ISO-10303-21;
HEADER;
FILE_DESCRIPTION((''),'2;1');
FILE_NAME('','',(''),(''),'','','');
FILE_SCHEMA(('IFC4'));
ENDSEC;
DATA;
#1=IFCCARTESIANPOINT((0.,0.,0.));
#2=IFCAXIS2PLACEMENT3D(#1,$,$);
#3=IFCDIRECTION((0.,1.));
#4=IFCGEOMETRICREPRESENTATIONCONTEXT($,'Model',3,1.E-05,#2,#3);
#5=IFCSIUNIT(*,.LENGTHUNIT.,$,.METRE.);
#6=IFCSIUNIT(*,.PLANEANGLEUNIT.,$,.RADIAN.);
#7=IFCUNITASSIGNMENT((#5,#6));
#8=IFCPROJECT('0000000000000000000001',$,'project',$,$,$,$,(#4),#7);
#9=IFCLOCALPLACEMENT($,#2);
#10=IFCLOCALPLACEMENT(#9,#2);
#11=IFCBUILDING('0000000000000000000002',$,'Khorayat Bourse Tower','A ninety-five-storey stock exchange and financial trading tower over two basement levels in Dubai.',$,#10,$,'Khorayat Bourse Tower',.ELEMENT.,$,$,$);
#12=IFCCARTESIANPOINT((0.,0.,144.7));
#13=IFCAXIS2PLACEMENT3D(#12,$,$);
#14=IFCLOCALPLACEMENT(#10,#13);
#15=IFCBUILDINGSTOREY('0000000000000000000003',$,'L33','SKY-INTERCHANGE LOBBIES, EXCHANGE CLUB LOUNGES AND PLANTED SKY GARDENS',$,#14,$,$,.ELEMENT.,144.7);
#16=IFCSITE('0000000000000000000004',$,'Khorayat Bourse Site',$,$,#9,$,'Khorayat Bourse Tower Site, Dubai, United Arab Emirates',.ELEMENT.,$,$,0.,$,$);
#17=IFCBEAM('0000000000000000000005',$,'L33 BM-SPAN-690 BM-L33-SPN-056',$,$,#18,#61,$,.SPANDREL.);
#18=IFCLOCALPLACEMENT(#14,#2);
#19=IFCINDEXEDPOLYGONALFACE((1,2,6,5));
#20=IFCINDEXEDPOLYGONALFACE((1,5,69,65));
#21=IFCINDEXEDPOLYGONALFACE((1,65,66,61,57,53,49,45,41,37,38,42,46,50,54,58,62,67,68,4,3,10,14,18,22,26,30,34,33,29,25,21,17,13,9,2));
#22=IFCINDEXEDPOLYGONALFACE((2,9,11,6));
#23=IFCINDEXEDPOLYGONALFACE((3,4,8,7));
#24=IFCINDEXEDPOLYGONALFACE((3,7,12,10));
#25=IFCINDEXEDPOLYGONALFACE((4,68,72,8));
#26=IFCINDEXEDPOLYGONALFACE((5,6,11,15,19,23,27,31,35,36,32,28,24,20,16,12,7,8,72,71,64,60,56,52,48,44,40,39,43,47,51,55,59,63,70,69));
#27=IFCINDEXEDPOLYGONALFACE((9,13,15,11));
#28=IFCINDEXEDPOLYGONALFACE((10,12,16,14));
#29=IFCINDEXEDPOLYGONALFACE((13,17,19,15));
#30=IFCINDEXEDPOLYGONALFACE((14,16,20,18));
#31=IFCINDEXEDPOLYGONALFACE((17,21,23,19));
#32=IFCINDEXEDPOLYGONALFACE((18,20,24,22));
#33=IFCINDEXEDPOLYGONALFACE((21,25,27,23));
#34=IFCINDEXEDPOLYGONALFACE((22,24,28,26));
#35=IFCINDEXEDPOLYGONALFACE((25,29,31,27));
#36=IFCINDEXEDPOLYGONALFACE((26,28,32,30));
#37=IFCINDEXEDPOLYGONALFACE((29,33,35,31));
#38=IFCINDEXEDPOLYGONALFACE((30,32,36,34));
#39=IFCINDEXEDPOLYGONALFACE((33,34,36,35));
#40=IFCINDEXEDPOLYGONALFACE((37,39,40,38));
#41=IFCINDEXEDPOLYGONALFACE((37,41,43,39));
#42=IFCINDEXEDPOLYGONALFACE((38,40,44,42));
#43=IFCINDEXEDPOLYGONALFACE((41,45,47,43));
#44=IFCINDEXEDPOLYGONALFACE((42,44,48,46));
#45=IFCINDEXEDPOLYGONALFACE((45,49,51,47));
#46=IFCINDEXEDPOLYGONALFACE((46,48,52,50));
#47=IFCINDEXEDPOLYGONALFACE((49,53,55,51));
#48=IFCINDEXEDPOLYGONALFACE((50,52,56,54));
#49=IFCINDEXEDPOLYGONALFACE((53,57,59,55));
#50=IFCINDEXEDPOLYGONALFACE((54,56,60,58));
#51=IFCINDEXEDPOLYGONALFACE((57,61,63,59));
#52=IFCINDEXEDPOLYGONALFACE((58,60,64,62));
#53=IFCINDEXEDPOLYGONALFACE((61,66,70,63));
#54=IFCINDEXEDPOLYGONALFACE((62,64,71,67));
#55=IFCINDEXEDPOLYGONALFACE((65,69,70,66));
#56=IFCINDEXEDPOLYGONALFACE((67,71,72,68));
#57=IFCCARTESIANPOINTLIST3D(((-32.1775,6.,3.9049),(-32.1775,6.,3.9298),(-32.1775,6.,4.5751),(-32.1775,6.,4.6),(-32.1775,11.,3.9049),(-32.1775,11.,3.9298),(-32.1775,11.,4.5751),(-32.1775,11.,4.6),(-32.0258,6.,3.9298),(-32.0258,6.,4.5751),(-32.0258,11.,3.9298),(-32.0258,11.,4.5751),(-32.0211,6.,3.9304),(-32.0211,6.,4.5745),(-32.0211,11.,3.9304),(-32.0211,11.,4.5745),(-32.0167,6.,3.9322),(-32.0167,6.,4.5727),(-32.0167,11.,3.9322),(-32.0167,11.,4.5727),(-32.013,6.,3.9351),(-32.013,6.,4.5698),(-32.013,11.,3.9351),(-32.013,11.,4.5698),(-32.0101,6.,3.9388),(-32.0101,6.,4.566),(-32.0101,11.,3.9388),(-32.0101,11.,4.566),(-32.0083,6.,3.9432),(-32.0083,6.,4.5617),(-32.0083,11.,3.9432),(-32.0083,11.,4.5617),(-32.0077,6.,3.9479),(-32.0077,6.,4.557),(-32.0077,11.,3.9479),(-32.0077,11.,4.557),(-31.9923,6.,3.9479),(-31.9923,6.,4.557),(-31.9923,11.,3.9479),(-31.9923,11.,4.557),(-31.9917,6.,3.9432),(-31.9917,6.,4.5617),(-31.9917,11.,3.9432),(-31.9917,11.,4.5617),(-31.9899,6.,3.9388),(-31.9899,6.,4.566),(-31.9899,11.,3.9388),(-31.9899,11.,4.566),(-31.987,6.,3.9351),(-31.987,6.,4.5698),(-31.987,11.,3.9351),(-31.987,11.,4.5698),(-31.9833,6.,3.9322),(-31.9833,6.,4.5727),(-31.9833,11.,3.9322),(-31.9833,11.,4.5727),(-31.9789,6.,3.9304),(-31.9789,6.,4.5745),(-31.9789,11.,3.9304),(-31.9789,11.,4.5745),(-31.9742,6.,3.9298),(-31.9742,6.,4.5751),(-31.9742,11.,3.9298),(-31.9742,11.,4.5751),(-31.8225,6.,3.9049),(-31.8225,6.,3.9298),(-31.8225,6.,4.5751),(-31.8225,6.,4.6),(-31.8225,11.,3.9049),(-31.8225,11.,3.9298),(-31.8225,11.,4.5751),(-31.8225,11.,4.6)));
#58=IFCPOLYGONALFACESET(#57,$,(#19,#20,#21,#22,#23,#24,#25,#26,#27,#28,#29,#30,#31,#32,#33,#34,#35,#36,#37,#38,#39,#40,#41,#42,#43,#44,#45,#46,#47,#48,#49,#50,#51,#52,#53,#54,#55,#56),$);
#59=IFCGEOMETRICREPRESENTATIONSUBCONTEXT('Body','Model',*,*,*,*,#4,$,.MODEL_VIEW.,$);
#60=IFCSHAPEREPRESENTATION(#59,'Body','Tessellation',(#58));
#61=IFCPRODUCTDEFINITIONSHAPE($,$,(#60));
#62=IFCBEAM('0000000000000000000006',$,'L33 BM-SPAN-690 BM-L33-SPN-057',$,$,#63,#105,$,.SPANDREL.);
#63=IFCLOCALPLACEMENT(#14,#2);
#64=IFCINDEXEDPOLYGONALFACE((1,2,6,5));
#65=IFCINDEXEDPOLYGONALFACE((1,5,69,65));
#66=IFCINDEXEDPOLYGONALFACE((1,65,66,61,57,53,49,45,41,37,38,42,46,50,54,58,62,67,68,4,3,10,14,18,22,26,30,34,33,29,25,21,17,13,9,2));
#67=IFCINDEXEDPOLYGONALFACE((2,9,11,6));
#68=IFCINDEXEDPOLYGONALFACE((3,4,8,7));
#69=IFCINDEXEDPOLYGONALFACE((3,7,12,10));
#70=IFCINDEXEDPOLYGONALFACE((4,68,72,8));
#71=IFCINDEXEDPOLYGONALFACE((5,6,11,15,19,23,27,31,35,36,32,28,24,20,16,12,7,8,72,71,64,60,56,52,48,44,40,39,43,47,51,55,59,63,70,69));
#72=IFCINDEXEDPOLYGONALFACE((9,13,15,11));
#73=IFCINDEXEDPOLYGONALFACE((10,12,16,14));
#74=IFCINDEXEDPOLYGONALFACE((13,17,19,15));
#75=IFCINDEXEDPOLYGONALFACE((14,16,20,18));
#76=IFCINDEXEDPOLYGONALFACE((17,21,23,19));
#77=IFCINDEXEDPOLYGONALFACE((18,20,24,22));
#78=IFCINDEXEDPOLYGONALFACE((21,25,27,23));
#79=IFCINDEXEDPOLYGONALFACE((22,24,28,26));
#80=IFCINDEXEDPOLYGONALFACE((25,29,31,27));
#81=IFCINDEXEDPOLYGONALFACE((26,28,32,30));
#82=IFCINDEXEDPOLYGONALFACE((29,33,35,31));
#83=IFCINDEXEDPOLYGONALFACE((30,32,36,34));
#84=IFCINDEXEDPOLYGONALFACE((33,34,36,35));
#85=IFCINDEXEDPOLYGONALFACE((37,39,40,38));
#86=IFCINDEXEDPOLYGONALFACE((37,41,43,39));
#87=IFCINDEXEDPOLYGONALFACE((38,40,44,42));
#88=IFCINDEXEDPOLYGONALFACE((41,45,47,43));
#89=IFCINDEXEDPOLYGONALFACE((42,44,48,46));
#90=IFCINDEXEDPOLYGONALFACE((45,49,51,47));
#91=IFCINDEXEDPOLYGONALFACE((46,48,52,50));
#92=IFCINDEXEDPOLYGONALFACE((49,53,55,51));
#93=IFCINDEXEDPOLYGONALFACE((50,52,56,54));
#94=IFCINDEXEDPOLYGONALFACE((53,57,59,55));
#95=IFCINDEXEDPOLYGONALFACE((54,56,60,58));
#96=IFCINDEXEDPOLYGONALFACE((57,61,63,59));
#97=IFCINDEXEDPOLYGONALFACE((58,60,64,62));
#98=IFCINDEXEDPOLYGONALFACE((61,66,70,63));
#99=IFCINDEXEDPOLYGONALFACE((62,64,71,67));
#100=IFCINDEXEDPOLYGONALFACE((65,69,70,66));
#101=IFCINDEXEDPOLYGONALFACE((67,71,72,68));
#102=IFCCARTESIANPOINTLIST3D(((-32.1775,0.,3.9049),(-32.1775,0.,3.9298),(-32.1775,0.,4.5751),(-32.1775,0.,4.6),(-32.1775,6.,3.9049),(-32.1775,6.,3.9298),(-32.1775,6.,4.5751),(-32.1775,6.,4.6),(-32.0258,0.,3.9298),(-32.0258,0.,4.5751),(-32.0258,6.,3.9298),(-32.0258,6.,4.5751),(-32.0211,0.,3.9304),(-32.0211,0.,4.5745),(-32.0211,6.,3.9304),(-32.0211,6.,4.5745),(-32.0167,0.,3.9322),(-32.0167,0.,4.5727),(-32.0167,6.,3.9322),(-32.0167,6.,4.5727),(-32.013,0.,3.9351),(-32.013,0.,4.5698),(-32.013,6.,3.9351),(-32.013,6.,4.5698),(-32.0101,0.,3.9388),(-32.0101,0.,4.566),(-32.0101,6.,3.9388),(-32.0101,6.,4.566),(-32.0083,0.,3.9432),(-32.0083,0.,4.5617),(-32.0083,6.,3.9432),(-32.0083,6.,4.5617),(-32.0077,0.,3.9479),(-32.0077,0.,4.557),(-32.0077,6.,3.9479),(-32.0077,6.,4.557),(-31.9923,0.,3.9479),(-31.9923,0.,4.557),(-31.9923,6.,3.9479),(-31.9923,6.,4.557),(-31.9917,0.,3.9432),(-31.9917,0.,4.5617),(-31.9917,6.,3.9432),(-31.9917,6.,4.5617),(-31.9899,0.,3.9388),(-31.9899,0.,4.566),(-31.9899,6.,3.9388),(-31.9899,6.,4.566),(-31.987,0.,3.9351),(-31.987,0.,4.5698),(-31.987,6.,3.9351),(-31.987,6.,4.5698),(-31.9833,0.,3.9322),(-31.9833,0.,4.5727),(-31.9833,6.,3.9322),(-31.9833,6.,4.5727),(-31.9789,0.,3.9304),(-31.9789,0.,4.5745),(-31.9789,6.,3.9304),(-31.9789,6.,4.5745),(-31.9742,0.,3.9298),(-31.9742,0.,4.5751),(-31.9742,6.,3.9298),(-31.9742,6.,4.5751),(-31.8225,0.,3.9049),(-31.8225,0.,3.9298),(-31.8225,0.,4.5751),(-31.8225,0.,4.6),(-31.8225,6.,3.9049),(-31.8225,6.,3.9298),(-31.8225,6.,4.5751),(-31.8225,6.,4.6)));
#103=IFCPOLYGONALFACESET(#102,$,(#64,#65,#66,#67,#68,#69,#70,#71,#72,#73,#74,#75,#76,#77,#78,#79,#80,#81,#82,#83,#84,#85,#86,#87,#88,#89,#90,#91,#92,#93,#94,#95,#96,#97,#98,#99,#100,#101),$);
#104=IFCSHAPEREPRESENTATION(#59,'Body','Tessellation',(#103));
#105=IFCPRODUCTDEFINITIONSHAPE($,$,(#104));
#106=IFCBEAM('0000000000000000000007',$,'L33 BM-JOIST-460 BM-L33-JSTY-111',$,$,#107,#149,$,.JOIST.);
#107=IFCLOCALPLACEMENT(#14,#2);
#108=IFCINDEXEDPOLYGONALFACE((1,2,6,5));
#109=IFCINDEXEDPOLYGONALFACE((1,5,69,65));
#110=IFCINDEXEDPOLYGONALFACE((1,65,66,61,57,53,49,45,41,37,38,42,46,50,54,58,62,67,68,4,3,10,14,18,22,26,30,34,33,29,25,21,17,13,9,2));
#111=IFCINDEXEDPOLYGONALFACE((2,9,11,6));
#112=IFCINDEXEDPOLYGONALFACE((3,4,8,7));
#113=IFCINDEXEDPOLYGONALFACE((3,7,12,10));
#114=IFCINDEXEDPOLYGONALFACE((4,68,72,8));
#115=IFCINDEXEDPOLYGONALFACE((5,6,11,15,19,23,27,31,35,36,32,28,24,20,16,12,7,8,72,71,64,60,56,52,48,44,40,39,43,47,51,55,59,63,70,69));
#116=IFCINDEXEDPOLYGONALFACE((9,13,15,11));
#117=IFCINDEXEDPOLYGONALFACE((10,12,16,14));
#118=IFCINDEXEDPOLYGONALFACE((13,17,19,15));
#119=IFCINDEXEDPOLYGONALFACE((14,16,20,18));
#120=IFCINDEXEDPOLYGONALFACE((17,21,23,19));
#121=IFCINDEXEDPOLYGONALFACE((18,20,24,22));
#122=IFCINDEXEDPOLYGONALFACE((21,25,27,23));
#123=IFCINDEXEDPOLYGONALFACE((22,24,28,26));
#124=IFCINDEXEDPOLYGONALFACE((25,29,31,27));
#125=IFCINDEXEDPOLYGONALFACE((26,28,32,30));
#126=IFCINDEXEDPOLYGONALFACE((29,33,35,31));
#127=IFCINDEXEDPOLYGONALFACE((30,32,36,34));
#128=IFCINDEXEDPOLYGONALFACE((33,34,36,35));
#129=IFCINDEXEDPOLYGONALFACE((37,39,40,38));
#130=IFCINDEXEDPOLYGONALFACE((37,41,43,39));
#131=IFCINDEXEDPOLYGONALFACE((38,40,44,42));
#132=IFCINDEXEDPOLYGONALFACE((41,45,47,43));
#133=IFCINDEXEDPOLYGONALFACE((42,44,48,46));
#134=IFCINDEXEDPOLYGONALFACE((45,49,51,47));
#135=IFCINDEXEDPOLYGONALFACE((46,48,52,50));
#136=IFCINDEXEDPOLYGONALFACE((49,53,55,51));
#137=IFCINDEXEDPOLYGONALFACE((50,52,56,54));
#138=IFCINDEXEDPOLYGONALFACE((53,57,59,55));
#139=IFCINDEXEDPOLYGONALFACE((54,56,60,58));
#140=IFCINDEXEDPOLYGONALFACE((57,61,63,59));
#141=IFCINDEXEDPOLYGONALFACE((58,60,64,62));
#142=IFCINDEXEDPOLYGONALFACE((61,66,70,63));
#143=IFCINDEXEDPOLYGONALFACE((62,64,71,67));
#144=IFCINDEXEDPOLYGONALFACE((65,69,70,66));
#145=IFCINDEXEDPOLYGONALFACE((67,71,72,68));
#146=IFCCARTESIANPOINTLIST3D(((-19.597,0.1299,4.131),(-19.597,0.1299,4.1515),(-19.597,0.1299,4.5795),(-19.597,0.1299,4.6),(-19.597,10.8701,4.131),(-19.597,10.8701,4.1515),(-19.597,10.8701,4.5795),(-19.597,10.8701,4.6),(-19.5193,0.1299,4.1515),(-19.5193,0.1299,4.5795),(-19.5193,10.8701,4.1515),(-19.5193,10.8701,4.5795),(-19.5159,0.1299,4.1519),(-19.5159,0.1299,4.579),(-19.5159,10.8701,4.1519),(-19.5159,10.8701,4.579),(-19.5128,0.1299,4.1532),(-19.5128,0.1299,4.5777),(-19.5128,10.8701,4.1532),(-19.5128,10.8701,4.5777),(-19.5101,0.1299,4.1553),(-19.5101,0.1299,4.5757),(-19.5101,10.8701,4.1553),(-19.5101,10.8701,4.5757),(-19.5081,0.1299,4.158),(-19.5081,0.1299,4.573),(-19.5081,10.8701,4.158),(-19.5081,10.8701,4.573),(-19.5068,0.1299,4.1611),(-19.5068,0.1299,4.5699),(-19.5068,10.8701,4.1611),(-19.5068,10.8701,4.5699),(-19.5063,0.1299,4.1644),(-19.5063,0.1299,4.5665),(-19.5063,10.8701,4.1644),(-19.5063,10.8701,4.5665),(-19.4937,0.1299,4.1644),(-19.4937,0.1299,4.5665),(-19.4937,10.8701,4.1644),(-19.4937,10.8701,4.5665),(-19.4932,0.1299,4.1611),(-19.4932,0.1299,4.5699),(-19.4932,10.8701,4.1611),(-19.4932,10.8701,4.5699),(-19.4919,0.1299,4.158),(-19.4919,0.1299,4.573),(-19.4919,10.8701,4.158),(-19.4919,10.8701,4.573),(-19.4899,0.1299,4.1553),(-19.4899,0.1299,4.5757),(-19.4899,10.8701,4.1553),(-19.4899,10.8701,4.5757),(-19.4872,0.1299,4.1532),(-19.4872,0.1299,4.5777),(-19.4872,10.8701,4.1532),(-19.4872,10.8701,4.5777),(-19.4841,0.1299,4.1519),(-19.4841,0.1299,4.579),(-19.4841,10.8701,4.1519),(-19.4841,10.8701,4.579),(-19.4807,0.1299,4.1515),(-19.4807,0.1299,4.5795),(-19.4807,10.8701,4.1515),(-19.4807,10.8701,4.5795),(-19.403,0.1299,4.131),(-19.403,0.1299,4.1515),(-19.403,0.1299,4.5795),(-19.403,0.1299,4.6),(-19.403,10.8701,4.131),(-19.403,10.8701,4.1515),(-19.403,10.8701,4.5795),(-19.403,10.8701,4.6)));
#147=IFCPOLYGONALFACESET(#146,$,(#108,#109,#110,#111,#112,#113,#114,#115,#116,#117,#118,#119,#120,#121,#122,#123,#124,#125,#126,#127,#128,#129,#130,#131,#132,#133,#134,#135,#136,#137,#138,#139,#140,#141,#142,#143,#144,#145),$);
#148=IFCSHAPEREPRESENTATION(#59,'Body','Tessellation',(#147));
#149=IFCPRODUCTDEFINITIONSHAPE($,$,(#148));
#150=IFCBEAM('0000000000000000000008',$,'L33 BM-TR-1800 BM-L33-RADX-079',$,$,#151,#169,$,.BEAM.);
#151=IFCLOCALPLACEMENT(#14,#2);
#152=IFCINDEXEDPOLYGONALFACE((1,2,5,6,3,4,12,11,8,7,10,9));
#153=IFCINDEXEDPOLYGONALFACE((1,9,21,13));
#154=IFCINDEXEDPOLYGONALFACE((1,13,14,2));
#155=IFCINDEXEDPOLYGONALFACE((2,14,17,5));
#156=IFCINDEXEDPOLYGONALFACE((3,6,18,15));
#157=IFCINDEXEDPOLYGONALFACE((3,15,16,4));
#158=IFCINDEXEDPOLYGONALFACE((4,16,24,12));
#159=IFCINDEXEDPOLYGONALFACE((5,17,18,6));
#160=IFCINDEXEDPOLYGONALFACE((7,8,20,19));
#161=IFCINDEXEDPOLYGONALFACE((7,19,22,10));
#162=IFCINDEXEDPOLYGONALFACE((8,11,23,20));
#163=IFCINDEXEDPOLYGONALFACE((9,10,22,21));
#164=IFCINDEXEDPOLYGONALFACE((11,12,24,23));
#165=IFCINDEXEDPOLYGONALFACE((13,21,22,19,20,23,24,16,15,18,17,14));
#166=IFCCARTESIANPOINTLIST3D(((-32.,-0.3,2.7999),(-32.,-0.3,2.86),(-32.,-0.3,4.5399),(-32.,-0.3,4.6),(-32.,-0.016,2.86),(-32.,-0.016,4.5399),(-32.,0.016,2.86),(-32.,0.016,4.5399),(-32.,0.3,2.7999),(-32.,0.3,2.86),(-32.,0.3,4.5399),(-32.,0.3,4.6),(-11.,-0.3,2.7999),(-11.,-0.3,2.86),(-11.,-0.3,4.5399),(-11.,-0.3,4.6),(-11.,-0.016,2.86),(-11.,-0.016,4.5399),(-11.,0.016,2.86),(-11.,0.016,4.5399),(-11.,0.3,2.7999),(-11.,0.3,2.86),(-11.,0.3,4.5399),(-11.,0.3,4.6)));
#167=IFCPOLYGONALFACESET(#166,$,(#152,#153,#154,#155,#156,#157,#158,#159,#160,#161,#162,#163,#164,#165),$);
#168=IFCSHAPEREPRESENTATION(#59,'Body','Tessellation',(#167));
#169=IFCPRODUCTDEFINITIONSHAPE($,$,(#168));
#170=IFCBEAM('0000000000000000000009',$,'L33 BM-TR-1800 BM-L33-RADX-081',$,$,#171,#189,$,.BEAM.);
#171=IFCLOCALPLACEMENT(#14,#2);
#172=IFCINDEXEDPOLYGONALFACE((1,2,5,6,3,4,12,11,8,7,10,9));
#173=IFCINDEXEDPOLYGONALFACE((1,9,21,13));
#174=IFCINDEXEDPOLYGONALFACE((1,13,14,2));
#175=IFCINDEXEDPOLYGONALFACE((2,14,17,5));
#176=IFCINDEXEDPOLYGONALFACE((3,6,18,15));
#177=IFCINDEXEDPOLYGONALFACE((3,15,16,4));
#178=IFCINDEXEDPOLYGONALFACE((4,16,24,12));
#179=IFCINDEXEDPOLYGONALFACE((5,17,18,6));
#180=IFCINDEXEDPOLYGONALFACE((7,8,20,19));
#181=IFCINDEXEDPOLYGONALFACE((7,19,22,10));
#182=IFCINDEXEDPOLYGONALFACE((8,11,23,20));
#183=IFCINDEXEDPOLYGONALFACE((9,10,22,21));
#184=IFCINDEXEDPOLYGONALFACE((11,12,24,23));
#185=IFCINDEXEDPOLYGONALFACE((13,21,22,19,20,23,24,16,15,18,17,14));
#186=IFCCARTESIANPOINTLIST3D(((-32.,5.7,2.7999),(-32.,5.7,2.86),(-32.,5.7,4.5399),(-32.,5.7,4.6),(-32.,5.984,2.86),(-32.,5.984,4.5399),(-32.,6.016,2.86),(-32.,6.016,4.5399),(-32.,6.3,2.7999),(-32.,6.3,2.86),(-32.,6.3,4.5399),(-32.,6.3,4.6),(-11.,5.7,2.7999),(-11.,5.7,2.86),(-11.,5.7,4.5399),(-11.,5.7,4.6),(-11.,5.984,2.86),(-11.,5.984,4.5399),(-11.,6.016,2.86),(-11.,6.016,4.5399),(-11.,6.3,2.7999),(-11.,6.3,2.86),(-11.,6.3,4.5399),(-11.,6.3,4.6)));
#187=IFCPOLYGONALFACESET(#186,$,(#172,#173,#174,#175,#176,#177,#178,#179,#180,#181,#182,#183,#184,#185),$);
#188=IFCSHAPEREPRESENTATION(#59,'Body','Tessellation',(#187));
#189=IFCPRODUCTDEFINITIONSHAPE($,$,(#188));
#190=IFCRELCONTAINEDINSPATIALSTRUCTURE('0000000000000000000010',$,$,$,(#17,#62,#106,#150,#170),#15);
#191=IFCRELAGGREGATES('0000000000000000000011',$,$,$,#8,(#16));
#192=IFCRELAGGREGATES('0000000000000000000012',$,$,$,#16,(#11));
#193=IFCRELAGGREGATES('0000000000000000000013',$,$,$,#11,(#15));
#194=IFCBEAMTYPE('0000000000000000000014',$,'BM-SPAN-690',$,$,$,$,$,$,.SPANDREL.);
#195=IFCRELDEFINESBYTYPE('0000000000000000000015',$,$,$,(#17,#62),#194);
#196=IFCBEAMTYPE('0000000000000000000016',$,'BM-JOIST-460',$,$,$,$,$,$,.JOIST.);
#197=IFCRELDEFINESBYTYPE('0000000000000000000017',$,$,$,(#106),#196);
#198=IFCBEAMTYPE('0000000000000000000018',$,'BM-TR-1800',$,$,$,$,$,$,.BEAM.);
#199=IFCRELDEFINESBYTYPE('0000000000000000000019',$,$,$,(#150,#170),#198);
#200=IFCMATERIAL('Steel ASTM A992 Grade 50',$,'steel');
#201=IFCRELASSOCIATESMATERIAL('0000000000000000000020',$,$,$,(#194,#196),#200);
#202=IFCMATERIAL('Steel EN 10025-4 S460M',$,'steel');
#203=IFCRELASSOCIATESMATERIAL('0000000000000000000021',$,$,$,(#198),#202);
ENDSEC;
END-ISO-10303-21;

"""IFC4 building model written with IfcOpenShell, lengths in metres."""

from ifc_helpers import new_model, si_unit, direction, frame, origin, origin_2d, place, context, subcontext, project, spatial, i_section, extrude, source, transform, mapped, material, material_profile, profile_set, type_object, element, save


model = new_model("IFC4")

# Units and contexts
model_context = context("Model", 3, precision=1e-05, world=origin(), true_north=direction((0.0, 1.0)))
body_context = subcontext(model_context, "Body", "Model", "MODEL_VIEW")
ifc_project = project(units=[si_unit("LENGTHUNIT", "METRE"), si_unit("PLANEANGLEUNIT", "RADIAN")], contexts=[model_context])

# Site, building, storey
site_placement = place(None, origin())
site = spatial("IfcSite", under=ifc_project, at=site_placement, Name="Khorayat Bourse Site", LongName="Khorayat Bourse Tower Site, Dubai, United Arab Emirates", CompositionType="ELEMENT", RefElevation=0.0)
building_placement = place(site_placement, origin())
building = spatial("IfcBuilding", under=site, at=building_placement, Name="Khorayat Bourse Tower", Description="A ninety-five-storey stock exchange and financial trading tower over two basement levels in Dubai.", LongName="Khorayat Bourse Tower", CompositionType="ELEMENT")
storey_placement = place(building_placement, frame((0.0, 0.0, 144.7)))
storey = spatial("IfcBuildingStorey", under=building, at=storey_placement, Name="L33", Description="SKY-INTERCHANGE LOBBIES, EXCHANGE CLUB LOUNGES AND PLANTED SKY GARDENS", CompositionType="ELEMENT", Elevation=144.7)

# Shared definitions
ifc_material_1 = material(Name="Steel EN 10025-4 S460M", Category="steel")

# Beams
ifc_material_2 = material(Name="Steel ASTM A992 Grade 50", Category="steel")
ifc_material_profile_1 = material_profile(ifc_material_2, i_section(OverallWidth=0.355, OverallDepth=0.6951, WebThickness=0.0154, FlangeThickness=0.0249, FilletRadius=0.0181, at=origin_2d()), Name="W690X217")
ifc_profile_set_1 = profile_set([ifc_material_profile_1], Name="Steel ASTM A992 Grade 50")
beam_type_1 = type_object("IfcBeamType", Name="BM-SPAN-690", PredefinedType="SPANDREL", material=ifc_profile_set_1)
shared_shape_1 = source(origin(), body_context, "Body", "SweptSolid", [
    extrude(i_section(OverallWidth=0.355, OverallDepth=0.6951, WebThickness=0.0154, FlangeThickness=0.0249, FilletRadius=0.0181, at=origin_2d()), origin(), (0.0, 0.0, 1.0), 5.0),
])
beam_1_placement = place(storey_placement, frame((-32.0, 6.0, 4.2524), z_axis=(0.0, 1.0, 0.0), x_axis=(-1.0, 0.0, 0.0)))
element("IfcBeam", 1, at=beam_1_placement, inside=storey, type_object=beam_type_1, Name="L33 BM-SPAN-690 BM-L33-SPN-056", PredefinedType="SPANDREL", context=body_context, shape_type="MappedRepresentation", body=[
    mapped(shared_shape_1, transform((0.0, 0.0, 0.0), scale=1.0)),
])
shared_shape_2 = source(origin(), body_context, "Body", "SweptSolid", [
    extrude(i_section(OverallWidth=0.355, OverallDepth=0.6951, WebThickness=0.0154, FlangeThickness=0.0249, FilletRadius=0.0181, at=origin_2d()), origin(), (0.0, 0.0, 1.0), 6.0),
])
beam_2_placement = place(storey_placement, frame((-32.0, 0.0, 4.2524), z_axis=(0.0, 1.0, 0.0), x_axis=(-1.0, 0.0, 0.0)))
element("IfcBeam", 2, at=beam_2_placement, inside=storey, type_object=beam_type_1, Name="L33 BM-SPAN-690 BM-L33-SPN-057", PredefinedType="SPANDREL", context=body_context, shape_type="MappedRepresentation", body=[
    mapped(shared_shape_2, transform((0.0, 0.0, 0.0), scale=1.0)),
])
ifc_material_profile_2 = material_profile(ifc_material_2, i_section(OverallWidth=0.1941, OverallDepth=0.469, WebThickness=0.0127, FlangeThickness=0.0205, FilletRadius=0.0129, at=origin_2d()), Name="W460X106")
ifc_profile_set_2 = profile_set([ifc_material_profile_2], Name="Steel ASTM A992 Grade 50")
beam_type_2 = type_object("IfcBeamType", Name="BM-JOIST-460", PredefinedType="JOIST", material=ifc_profile_set_2)
shared_shape_3 = source(origin(), body_context, "Body", "SweptSolid", [
    extrude(i_section(OverallWidth=0.1941, OverallDepth=0.469, WebThickness=0.0127, FlangeThickness=0.0205, FilletRadius=0.0129, at=origin_2d()), origin(), (0.0, 0.0, 1.0), 10.7402),
])
beam_3_placement = place(storey_placement, frame((-19.5, 0.1299, 4.3655), z_axis=(0.0, 1.0, 0.0), x_axis=(-1.0, 0.0, 0.0)))
element("IfcBeam", 3, at=beam_3_placement, inside=storey, type_object=beam_type_2, Name="L33 BM-JOIST-460 BM-L33-JSTY-111", PredefinedType="JOIST", context=body_context, shape_type="MappedRepresentation", body=[
    mapped(shared_shape_3, transform((0.0, 0.0, 0.0), scale=1.0)),
])
ifc_material_profile_3 = material_profile(ifc_material_1, i_section(OverallWidth=0.6001, OverallDepth=1.8, WebThickness=0.032, FlangeThickness=0.0601, at=origin_2d()), Name="PG 1800x600x32x60")
ifc_profile_set_3 = profile_set([ifc_material_profile_3], Name="Steel EN 10025-4 S460M")
beam_type_3 = type_object("IfcBeamType", Name="BM-TR-1800", PredefinedType="BEAM", material=ifc_profile_set_3)
shared_shape_4 = source(origin(), body_context, "Body", "SweptSolid", [
    extrude(i_section(OverallWidth=0.6001, OverallDepth=1.8, WebThickness=0.032, FlangeThickness=0.0601, at=origin_2d()), origin(), (0.0, 0.0, 1.0), 21.0),
])
for number, where, z_axis, x_axis, name in (
    (4, (-32.0, 0.0, 3.7), (1.0, 0.0, 0.0), (0.0, 1.0, 0.0), "L33 BM-TR-1800 BM-L33-RADX-079"),
    (5, (-32.0, 6.0, 3.7), (1.0, 0.0, 0.0), (0.0, 1.0, 0.0), "L33 BM-TR-1800 BM-L33-RADX-081"),
):
    element("IfcBeam", number, at=place(storey_placement, frame(where, z_axis=z_axis, x_axis=x_axis)), inside=storey, type_object=beam_type_3, Name=name, PredefinedType="BEAM", context=body_context, shape_type="MappedRepresentation", body=[
        mapped(shared_shape_4, transform((0.0, 0.0, 0.0), scale=1.0)),
    ])

save(model, "model.ifc")
